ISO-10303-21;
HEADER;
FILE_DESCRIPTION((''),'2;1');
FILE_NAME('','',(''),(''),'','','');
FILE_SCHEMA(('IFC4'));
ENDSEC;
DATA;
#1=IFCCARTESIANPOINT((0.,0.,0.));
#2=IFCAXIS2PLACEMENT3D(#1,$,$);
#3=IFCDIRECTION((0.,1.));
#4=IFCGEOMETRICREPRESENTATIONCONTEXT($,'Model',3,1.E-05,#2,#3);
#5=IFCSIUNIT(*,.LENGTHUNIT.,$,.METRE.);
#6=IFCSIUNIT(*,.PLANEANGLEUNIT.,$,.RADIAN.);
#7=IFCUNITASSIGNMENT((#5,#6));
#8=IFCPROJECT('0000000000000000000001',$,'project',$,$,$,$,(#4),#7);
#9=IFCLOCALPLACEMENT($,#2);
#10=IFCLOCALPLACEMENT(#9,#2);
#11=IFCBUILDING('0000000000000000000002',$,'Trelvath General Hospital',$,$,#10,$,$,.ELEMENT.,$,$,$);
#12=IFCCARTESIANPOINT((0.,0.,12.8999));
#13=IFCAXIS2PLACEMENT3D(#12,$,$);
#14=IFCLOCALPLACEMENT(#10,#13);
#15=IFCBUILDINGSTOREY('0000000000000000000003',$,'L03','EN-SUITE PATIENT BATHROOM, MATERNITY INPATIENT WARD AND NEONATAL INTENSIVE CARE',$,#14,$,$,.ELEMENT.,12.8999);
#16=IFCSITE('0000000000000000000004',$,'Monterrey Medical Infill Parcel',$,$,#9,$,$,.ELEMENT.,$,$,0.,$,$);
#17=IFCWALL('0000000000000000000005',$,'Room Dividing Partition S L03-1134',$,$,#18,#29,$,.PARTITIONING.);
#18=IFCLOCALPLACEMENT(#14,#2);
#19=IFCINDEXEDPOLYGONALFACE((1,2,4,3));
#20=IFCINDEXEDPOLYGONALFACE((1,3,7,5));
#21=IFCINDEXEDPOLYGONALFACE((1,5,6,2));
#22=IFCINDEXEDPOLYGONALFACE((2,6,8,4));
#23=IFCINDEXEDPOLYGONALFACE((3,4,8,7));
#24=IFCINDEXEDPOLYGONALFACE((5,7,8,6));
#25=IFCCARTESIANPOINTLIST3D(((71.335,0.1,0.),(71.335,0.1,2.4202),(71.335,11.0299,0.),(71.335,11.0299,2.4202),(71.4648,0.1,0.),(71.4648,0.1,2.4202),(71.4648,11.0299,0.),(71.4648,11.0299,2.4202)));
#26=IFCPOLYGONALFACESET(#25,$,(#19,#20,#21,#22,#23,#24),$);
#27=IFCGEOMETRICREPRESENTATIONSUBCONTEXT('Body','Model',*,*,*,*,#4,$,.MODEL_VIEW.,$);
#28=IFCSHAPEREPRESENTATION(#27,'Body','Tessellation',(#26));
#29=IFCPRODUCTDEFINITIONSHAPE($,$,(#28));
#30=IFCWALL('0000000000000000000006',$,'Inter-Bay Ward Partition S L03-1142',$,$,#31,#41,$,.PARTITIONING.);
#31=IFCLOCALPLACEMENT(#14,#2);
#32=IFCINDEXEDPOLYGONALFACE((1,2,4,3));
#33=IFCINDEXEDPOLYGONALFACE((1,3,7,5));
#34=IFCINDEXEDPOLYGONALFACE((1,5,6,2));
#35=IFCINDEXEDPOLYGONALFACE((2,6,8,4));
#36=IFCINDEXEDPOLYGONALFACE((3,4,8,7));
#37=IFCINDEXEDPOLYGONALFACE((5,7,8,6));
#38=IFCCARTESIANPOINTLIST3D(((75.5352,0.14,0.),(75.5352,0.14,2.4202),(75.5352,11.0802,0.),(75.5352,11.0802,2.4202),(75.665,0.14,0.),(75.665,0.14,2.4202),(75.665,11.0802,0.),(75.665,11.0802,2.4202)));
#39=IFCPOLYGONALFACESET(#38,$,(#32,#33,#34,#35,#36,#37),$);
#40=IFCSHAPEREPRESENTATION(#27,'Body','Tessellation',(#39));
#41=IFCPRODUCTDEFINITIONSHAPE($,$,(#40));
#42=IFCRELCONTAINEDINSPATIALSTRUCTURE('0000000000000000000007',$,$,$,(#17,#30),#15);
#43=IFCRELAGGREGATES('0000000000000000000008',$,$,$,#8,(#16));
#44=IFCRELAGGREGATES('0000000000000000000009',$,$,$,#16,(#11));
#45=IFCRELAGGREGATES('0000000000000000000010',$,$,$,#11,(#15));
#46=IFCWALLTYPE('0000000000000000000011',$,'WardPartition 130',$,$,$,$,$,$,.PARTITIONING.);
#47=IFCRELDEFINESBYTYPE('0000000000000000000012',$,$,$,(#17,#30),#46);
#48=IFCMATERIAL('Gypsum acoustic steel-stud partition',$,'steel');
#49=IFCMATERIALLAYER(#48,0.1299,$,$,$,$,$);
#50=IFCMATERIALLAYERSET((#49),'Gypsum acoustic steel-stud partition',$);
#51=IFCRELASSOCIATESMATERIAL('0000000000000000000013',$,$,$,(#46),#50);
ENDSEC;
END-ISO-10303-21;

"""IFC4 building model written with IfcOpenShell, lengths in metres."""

from ifc_helpers import new_model, si_unit, direction, frame, frame_2d, origin, place, context, subcontext, project, spatial, rectangle, extrude, material, layer, layer_set, type_object, element, save


model = new_model("IFC4")

# Units and contexts
model_context = context("Model", 3, precision=1e-05, world=origin(), true_north=direction((0.0, 1.0)))
body_context = subcontext(model_context, "Body", "Model", "MODEL_VIEW")
ifc_project = project(units=[si_unit("LENGTHUNIT", "METRE"), si_unit("PLANEANGLEUNIT", "RADIAN")], contexts=[model_context])

# Site, building, storey
site_placement = place(None, origin())
site = spatial("IfcSite", under=ifc_project, at=site_placement, Name="Monterrey Medical Infill Parcel", CompositionType="ELEMENT", RefElevation=0.0)
building_placement = place(site_placement, origin())
building = spatial("IfcBuilding", under=site, at=building_placement, Name="Trelvath General Hospital", CompositionType="ELEMENT")
storey_placement = place(building_placement, frame((0.0, 0.0, 12.8999)))
storey = spatial("IfcBuildingStorey", under=building, at=storey_placement, Name="L03", Description="EN-SUITE PATIENT BATHROOM, MATERNITY INPATIENT WARD AND NEONATAL INTENSIVE CARE", CompositionType="ELEMENT", Elevation=12.8999)

# Walls
ifc_material_1 = material(Name="Gypsum acoustic steel-stud partition", Category="steel")
ifc_layer_1 = layer(ifc_material_1, 0.1299)
ifc_layer_set_1 = layer_set([ifc_layer_1], Name="Gypsum acoustic steel-stud partition")
wall_type_1 = type_object("IfcWallType", Name="WardPartition 130", PredefinedType="PARTITIONING", material=ifc_layer_set_1)
wall_1_placement = place(storey_placement, frame((71.3999, 0.1001, 0.0), z_axis=(0.0, 0.0, 1.0), x_axis=(0.0, 1.0, 0.0)))
element("IfcWall", 1, at=wall_1_placement, inside=storey, type_object=wall_type_1, Name="Room Dividing Partition S L03-1134", PredefinedType="PARTITIONING", context=body_context, shape_type="SweptSolid", body=[
    extrude(rectangle(XDim=10.9299, YDim=0.1299, at=frame_2d((5.4648, 0.0))), origin(), (0.0, 0.0, 1.0), 2.4202),
])
wall_2_placement = place(storey_placement, frame((75.6001, 0.1399, 0.0), z_axis=(0.0, 0.0, 1.0), x_axis=(0.0, 1.0, 0.0)))
element("IfcWall", 2, at=wall_2_placement, inside=storey, type_object=wall_type_1, Name="Inter-Bay Ward Partition S L03-1142", PredefinedType="PARTITIONING", context=body_context, shape_type="SweptSolid", body=[
    extrude(rectangle(XDim=10.9402, YDim=0.1299, at=frame_2d((5.4702, 0.0))), origin(), (0.0, 0.0, 1.0), 2.4202),
])

save(model, "model.ifc")
